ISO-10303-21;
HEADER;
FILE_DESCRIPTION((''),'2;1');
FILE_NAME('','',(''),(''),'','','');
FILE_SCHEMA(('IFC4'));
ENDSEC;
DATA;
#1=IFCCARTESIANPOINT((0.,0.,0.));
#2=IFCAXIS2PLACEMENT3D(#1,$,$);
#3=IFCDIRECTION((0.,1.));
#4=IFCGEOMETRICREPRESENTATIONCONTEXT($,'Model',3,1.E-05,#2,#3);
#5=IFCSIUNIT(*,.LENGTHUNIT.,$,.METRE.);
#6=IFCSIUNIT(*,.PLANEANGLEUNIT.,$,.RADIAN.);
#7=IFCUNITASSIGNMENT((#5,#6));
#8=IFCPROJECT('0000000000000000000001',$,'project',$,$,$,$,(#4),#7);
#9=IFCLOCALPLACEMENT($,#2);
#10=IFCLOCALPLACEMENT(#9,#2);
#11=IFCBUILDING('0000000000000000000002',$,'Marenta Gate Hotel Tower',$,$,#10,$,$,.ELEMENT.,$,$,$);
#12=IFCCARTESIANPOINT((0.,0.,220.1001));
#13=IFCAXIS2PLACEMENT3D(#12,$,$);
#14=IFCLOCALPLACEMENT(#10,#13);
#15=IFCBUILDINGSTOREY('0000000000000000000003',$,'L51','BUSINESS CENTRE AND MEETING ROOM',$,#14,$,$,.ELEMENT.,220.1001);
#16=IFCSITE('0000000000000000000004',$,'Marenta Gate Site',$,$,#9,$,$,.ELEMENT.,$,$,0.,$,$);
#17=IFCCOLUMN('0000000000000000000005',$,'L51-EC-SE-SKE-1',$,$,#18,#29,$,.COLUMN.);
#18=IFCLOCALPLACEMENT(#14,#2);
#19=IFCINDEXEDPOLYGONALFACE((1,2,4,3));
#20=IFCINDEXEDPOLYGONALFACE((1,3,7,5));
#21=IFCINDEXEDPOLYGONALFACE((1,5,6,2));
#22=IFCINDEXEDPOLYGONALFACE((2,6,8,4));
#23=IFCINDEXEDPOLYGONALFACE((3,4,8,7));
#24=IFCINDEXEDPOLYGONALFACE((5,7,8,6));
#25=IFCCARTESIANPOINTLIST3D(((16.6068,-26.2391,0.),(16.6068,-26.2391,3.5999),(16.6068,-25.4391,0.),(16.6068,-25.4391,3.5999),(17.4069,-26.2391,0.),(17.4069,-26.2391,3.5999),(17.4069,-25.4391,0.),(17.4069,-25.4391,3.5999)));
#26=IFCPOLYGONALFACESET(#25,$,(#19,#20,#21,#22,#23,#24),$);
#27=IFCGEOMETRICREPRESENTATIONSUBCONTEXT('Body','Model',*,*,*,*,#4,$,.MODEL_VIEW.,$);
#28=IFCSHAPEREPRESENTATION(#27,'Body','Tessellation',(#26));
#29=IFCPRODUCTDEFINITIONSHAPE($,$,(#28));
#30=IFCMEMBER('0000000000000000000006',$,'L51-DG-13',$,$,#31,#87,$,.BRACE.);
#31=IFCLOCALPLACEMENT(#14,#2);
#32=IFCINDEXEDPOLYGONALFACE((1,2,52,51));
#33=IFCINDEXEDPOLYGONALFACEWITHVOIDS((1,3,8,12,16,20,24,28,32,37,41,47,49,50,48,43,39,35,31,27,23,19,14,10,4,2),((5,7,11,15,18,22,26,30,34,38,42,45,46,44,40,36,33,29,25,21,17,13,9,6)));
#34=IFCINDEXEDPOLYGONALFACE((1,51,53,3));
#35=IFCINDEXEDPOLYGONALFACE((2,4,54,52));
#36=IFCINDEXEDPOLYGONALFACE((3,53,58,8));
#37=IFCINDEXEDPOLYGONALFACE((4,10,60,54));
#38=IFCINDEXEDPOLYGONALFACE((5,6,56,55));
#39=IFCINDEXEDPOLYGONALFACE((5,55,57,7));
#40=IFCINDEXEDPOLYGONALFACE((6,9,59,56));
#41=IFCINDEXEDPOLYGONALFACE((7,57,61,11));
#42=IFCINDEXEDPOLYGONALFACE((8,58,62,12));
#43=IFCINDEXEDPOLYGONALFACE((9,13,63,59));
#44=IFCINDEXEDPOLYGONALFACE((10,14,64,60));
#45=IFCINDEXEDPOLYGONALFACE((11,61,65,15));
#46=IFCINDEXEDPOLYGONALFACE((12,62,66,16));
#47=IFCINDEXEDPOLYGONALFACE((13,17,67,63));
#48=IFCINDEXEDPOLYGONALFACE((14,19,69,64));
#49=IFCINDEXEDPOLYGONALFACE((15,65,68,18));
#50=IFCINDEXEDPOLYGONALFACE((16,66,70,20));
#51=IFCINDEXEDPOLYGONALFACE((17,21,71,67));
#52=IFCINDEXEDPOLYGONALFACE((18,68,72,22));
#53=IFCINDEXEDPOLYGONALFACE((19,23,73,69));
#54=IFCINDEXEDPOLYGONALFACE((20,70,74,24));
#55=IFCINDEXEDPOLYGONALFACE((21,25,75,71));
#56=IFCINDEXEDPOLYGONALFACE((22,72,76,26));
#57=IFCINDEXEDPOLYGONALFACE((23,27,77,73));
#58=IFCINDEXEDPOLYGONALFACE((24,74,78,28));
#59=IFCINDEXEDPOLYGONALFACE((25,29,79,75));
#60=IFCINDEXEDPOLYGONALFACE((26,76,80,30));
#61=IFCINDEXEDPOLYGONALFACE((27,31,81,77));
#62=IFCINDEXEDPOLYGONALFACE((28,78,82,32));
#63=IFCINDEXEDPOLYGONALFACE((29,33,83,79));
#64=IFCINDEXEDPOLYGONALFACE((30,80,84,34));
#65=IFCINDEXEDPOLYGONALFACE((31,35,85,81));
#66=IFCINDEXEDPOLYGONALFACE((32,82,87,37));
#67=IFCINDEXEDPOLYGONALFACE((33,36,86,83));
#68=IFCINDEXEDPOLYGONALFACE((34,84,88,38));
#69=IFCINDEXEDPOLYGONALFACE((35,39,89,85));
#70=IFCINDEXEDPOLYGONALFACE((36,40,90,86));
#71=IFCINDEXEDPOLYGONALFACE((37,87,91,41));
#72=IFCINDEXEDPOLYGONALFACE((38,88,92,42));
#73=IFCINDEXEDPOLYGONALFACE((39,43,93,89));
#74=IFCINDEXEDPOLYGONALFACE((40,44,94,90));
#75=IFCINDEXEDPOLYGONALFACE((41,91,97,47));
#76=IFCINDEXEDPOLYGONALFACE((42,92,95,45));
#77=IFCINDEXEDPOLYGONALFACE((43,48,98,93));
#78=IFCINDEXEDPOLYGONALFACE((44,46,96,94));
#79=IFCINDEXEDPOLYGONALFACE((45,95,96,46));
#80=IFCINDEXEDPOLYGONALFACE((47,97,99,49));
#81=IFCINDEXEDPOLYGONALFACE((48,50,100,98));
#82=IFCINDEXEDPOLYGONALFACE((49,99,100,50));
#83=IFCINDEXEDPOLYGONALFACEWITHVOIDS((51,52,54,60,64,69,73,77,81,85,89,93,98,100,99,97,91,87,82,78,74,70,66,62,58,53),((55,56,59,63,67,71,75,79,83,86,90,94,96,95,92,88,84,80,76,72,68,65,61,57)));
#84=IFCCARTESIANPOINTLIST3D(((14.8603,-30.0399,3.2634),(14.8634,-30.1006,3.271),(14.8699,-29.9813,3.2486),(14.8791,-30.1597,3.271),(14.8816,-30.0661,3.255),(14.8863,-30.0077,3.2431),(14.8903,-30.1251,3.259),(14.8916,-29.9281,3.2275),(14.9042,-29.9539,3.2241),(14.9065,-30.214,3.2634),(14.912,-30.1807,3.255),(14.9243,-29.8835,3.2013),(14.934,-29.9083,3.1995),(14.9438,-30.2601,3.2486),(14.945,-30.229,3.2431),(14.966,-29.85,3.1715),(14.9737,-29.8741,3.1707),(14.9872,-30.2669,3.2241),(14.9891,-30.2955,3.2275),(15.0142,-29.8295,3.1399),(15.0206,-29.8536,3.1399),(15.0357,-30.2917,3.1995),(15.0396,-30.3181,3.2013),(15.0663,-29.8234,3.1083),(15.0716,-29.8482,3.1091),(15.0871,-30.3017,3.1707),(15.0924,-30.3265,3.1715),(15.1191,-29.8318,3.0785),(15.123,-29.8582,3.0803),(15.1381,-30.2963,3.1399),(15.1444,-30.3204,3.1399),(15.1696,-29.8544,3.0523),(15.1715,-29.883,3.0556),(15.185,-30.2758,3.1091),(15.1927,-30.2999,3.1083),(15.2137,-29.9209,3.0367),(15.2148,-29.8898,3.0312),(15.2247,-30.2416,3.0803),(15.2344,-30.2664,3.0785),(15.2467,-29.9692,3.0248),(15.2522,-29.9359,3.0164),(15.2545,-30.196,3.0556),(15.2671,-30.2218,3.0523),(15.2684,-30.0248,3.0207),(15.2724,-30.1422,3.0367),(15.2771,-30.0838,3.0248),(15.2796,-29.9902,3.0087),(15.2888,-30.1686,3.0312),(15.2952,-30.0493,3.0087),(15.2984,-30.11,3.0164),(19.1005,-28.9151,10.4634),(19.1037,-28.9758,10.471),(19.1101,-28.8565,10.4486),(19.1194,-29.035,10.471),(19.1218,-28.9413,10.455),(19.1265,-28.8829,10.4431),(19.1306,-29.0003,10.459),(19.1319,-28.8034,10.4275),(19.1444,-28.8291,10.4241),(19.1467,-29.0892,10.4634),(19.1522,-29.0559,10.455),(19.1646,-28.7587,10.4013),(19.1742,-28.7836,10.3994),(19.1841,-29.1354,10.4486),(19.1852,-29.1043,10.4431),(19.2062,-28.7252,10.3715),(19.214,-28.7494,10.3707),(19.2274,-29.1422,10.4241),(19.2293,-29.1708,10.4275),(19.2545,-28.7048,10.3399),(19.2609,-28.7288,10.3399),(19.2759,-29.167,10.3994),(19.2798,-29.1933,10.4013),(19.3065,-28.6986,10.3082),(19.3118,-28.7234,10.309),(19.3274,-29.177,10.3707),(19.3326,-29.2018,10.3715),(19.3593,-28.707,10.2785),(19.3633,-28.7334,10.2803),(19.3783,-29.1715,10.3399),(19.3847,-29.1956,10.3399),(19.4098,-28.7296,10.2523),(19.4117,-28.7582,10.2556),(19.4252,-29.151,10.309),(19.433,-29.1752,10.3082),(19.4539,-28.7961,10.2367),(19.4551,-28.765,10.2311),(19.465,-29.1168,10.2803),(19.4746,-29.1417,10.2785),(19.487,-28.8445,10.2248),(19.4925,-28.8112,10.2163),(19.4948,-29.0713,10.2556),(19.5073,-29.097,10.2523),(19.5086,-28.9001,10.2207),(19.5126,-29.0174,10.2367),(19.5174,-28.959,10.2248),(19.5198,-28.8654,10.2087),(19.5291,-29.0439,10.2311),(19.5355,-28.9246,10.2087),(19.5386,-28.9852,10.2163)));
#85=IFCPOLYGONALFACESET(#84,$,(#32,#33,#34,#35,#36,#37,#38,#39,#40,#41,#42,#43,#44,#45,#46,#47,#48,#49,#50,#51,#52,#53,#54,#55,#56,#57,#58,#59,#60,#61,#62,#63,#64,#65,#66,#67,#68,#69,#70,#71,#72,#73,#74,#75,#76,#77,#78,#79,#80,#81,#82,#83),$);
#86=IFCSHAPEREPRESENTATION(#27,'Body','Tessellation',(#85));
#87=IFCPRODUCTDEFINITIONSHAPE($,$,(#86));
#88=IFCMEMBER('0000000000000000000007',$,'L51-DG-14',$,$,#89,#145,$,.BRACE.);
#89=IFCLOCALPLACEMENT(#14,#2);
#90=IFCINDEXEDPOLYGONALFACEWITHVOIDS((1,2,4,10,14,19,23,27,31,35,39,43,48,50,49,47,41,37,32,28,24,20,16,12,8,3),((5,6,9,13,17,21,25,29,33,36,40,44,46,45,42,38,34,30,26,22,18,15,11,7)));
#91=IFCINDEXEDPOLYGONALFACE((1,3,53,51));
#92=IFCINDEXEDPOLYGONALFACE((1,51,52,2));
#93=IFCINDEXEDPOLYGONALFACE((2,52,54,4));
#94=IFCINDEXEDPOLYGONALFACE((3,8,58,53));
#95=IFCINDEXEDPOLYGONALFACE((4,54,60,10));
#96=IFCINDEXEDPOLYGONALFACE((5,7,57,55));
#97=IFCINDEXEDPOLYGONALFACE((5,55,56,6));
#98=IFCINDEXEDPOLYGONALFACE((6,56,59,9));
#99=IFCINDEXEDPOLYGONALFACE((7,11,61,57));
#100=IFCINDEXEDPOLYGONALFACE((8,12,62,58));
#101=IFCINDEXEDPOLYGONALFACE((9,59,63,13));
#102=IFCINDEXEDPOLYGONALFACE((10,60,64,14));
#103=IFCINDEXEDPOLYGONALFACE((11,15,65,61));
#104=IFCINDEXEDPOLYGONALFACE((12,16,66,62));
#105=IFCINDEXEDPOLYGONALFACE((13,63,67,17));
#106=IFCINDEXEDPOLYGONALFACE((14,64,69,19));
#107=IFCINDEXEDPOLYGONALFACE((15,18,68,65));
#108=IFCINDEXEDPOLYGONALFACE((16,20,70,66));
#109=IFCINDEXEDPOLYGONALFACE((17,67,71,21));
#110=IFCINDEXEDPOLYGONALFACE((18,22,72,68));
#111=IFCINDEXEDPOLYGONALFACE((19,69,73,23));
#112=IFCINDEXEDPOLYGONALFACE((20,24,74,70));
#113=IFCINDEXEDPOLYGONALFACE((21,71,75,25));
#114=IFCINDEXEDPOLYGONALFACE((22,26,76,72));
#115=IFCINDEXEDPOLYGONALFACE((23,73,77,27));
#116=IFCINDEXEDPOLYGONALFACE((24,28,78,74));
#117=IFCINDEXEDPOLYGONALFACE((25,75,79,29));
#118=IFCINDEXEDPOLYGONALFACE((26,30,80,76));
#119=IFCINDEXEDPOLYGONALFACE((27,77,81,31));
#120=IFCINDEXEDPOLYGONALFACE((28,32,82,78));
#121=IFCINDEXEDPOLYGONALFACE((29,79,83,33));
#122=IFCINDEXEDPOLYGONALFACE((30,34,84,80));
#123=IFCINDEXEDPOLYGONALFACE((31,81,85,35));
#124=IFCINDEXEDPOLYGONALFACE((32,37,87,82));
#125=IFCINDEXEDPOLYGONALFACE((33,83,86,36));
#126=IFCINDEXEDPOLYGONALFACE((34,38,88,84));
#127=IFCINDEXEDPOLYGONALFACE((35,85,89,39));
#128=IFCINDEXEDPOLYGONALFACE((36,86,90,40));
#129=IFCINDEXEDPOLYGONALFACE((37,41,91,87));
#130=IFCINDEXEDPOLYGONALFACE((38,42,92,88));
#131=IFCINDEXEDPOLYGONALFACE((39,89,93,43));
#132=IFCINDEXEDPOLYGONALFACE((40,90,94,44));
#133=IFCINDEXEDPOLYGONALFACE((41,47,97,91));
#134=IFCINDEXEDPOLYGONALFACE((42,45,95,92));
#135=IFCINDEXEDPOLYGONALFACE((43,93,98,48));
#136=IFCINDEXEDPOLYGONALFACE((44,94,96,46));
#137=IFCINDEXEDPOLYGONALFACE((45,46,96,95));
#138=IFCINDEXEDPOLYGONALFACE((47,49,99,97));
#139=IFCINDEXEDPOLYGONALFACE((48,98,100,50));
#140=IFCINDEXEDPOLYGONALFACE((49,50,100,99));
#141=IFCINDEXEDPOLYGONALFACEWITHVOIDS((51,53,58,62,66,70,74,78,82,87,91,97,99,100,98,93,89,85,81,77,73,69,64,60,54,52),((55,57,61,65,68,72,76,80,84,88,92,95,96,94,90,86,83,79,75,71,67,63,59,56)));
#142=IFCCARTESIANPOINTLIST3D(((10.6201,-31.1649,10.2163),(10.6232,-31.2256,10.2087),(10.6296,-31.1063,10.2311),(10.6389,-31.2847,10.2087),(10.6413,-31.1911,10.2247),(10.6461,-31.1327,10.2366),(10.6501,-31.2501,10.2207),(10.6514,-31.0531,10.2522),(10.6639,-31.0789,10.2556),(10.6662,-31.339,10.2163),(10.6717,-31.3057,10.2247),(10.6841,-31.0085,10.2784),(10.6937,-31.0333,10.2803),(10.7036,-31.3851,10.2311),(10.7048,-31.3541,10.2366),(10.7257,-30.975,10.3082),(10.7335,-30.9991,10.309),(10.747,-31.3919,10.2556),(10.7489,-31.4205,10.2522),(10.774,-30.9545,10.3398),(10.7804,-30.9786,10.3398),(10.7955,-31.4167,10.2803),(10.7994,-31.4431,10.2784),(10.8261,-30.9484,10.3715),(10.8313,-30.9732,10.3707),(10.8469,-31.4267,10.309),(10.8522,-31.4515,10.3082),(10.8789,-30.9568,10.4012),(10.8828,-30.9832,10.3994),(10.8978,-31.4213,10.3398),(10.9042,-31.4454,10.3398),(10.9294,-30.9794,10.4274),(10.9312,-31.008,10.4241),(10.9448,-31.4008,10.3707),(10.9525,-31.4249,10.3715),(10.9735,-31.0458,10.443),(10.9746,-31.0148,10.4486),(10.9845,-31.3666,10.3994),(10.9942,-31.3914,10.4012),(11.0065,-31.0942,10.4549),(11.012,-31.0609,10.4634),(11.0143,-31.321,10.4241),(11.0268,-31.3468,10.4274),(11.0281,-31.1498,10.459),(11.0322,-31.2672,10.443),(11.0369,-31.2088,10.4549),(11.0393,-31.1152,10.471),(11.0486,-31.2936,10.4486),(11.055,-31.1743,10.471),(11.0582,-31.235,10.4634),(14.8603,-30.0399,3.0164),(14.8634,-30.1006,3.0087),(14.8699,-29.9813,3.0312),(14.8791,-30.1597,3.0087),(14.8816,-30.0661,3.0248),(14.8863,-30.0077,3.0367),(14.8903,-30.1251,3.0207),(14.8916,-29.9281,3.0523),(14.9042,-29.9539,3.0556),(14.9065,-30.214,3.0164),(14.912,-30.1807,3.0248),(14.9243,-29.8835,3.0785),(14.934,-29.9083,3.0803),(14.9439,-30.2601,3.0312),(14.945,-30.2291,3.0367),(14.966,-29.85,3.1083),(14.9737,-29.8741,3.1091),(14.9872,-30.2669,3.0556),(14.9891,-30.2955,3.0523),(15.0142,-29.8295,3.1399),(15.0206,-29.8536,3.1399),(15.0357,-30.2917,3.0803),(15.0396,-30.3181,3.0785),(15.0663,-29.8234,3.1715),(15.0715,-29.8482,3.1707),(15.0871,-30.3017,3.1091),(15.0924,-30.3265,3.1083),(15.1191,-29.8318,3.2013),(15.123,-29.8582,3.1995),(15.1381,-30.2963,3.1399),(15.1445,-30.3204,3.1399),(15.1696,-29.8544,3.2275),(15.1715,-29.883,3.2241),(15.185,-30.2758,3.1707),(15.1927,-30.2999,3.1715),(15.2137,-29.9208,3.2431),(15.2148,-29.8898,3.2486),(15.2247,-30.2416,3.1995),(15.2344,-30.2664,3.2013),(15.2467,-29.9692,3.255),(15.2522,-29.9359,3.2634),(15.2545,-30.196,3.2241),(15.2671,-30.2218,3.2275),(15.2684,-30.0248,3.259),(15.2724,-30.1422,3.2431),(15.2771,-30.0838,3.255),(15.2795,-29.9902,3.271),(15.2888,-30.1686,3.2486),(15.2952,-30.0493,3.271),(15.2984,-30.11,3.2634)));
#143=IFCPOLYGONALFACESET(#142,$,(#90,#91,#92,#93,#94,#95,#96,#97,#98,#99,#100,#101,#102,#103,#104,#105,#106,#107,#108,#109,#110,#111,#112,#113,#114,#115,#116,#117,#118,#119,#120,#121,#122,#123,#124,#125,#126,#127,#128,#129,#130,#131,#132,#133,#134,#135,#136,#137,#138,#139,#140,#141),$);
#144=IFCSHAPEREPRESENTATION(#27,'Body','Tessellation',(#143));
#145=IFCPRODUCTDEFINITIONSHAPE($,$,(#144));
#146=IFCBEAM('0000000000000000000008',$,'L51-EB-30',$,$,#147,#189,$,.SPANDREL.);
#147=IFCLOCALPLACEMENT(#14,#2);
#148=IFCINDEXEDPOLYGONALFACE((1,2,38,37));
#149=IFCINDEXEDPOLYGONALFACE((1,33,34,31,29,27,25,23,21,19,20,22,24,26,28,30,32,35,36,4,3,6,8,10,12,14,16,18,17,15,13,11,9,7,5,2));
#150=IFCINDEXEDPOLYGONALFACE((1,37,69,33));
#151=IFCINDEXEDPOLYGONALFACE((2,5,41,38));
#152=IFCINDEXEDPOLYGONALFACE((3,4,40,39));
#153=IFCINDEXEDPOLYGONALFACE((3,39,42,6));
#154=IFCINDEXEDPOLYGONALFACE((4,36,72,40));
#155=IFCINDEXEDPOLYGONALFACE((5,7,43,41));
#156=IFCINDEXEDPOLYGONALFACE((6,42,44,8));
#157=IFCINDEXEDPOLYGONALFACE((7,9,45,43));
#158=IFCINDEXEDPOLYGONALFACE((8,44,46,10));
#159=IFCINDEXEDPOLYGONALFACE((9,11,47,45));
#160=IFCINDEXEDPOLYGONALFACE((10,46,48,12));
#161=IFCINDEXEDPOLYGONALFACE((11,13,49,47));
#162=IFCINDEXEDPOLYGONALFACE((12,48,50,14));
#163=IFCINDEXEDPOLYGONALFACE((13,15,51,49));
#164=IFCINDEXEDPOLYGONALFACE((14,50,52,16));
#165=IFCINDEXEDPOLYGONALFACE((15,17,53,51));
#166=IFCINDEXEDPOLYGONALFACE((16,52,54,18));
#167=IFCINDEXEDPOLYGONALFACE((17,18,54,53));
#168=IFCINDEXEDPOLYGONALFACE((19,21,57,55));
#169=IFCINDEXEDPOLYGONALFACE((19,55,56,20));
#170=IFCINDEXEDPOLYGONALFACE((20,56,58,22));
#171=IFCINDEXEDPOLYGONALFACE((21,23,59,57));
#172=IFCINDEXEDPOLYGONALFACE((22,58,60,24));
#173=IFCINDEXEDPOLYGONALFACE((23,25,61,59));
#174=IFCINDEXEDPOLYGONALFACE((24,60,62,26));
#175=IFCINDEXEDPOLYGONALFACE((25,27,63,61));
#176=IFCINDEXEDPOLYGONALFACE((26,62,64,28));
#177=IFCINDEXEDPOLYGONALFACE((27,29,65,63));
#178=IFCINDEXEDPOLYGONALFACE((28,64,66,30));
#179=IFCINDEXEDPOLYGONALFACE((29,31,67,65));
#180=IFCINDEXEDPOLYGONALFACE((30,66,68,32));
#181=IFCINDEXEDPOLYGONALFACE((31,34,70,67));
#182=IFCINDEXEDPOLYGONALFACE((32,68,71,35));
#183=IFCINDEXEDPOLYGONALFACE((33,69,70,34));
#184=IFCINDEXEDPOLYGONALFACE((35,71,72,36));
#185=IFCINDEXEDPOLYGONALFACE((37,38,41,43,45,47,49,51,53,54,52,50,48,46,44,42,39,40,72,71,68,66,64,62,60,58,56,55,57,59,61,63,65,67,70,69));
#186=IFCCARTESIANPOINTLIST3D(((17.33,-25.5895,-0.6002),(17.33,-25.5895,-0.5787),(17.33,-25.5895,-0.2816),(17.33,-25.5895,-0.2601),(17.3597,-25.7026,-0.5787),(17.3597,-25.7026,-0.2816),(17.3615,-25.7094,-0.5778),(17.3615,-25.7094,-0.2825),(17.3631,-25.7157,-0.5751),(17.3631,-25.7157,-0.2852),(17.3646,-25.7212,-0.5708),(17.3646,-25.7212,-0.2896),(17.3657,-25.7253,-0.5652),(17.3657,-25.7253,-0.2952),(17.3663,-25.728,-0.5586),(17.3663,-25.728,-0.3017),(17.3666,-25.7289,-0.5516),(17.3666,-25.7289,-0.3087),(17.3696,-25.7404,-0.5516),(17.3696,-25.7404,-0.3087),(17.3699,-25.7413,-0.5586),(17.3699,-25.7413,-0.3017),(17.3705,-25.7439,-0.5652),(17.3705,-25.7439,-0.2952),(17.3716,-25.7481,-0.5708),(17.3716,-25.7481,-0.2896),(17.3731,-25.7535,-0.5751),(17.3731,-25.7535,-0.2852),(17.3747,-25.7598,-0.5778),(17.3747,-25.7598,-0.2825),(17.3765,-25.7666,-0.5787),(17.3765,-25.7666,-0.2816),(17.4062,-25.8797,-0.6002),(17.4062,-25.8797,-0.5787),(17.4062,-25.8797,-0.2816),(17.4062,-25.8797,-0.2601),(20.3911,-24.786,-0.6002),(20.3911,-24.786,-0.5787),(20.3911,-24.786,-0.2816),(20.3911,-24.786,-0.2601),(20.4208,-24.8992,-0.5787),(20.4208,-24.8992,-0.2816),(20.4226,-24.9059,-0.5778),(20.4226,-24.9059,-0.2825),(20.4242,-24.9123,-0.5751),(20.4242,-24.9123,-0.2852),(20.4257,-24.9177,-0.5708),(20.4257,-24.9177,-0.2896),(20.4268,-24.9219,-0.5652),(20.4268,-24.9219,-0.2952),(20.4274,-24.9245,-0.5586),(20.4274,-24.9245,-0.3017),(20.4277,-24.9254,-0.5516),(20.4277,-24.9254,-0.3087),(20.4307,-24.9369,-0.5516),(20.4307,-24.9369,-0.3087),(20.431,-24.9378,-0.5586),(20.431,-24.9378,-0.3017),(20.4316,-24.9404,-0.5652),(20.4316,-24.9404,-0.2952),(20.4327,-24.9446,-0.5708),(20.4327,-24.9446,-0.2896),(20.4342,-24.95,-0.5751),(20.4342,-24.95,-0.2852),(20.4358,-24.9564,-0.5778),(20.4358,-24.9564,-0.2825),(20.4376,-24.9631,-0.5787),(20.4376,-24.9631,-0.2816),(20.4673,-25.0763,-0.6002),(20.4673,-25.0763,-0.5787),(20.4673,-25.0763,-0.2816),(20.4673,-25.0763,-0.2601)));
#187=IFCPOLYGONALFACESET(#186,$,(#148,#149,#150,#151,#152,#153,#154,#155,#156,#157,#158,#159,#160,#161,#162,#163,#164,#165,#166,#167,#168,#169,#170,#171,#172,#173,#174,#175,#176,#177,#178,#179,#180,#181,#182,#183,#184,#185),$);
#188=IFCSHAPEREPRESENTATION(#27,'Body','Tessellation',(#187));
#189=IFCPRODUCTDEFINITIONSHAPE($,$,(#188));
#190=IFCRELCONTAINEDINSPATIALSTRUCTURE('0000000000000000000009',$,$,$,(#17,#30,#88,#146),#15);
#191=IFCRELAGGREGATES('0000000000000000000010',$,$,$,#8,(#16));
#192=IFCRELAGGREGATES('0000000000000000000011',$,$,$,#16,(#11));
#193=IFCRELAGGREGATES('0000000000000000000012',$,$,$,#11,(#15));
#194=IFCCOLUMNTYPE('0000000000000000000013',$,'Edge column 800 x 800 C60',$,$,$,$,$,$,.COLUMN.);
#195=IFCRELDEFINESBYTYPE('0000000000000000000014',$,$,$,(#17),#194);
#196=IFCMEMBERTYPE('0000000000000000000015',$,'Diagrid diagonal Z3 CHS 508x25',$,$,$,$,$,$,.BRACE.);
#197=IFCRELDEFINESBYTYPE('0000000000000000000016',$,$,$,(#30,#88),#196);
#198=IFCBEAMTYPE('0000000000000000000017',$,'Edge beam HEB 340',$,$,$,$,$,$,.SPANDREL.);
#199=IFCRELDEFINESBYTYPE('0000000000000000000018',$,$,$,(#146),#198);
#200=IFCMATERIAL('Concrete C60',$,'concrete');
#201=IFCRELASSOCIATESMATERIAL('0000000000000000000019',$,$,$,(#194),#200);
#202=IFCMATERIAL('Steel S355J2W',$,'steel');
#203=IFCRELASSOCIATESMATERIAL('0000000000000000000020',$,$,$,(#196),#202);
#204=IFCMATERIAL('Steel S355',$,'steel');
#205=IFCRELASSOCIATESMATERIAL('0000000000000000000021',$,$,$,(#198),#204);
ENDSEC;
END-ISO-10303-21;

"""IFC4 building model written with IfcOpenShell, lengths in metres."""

from ifc_helpers import new_model, si_unit, direction, frame, origin, origin_2d, place, context, subcontext, project, spatial, rectangle, hollow_circle, i_section, extrude, material, material_profile, profile_set, type_object, element, save


model = new_model("IFC4")

# Units and contexts
model_context = context("Model", 3, precision=1e-05, world=origin(), true_north=direction((0.0, 1.0)))
body_context = subcontext(model_context, "Body", "Model", "MODEL_VIEW")
ifc_project = project(units=[si_unit("LENGTHUNIT", "METRE"), si_unit("PLANEANGLEUNIT", "RADIAN")], contexts=[model_context])

# Site, building, storey
site_placement = place(None, origin())
site = spatial("IfcSite", under=ifc_project, at=site_placement, Name="Marenta Gate Site", CompositionType="ELEMENT", RefElevation=0.0)
building_placement = place(site_placement, origin())
building = spatial("IfcBuilding", under=site, at=building_placement, Name="Marenta Gate Hotel Tower", CompositionType="ELEMENT")
storey_placement = place(building_placement, frame((0.0, 0.0, 220.1001)))
storey = spatial("IfcBuildingStorey", under=building, at=storey_placement, Name="L51", Description="BUSINESS CENTRE AND MEETING ROOM", CompositionType="ELEMENT", Elevation=220.1001)

# Column
ifc_material_1 = material(Name="Concrete C60", Category="concrete")
ifc_material_profile_1 = material_profile(ifc_material_1, rectangle(XDim=0.8, YDim=0.8, at=origin_2d()), Name="800 x 800")
ifc_profile_set_1 = profile_set([ifc_material_profile_1], Name="Concrete C60")
column_type = type_object("IfcColumnType", Name="Edge column 800 x 800 C60", PredefinedType="COLUMN", material=ifc_profile_set_1)
column_placement = place(storey_placement, frame((17.0068, -25.8391, 0.0), z_axis=(0.0, 0.0, 1.0), x_axis=(1.0, 0.0, 0.0)))
element("IfcColumn", 1, at=column_placement, inside=storey, type_object=column_type, Name="L51-EC-SE-SKE-1", PredefinedType="COLUMN", context=body_context, shape_type="SweptSolid", body=[
    extrude(rectangle(XDim=0.8, YDim=0.8, at=origin_2d()), origin(), (0.0, 0.0, 1.0), 3.5999),
])

# Members
ifc_material_2 = material(Name="Steel S355J2W", Category="steel")
ifc_material_profile_2 = material_profile(ifc_material_2, hollow_circle(Radius=0.2539, WallThickness=0.0249, at=origin_2d()), Name="CHS 508x25")
ifc_profile_set_2 = profile_set([ifc_material_profile_2], Name="Steel S355J2W")
member_type_1 = type_object("IfcMemberType", Name="Diagrid diagonal Z3 CHS 508x25", PredefinedType="BRACE", material=ifc_profile_set_2)
for number, where, z_axis, x_axis, name in (
    (2, (15.0793, -30.075, 3.1399), (0.502926, 0.133405, 0.853972), (-0.256391, 0.966573, 0.0), "L51-DG-13"),
    (3, (15.0793, -30.075, 3.1399), (-0.502924, -0.133434, 0.853969), (0.256443, -0.966559, 0.0), "L51-DG-14"),
):
    element("IfcMember", number, at=place(storey_placement, frame(where, z_axis=z_axis, x_axis=x_axis)), inside=storey, type_object=member_type_1, Name=name, PredefinedType="BRACE", context=body_context, shape_type="SweptSolid", body=[
        extrude(hollow_circle(Radius=0.2539, WallThickness=0.0249, at=origin_2d()), origin(), (0.0, 0.0, 1.0), 8.4312),
    ])

# Beam
ifc_material_3 = material(Name="Steel S355", Category="steel")
ifc_material_profile_3 = material_profile(ifc_material_3, i_section(OverallWidth=0.3, OverallDepth=0.3401, WebThickness=0.012, FlangeThickness=0.0215, FilletRadius=0.0271, at=origin_2d()), Name="HEB 340")
ifc_profile_set_3 = profile_set([ifc_material_profile_3], Name="Steel S355")
beam_type_1 = type_object("IfcBeamType", Name="Edge beam HEB 340", PredefinedType="SPANDREL", material=ifc_profile_set_3)
beam_1_placement = place(storey_placement, frame((20.4292, -24.9312, -0.4302), z_axis=(-0.967235, -0.253882, 0.0), x_axis=(0.253882, -0.967235, 0.0)))
element("IfcBeam", 4, at=beam_1_placement, inside=storey, type_object=beam_type_1, Name="L51-EB-30", PredefinedType="SPANDREL", context=body_context, shape_type="SweptSolid", body=[
    extrude(i_section(OverallWidth=0.3, OverallDepth=0.3401, WebThickness=0.012, FlangeThickness=0.0215, FilletRadius=0.0271, at=origin_2d()), origin(), (0.0, 0.0, 1.0), 3.1648),
])

save(model, "model.ifc")
